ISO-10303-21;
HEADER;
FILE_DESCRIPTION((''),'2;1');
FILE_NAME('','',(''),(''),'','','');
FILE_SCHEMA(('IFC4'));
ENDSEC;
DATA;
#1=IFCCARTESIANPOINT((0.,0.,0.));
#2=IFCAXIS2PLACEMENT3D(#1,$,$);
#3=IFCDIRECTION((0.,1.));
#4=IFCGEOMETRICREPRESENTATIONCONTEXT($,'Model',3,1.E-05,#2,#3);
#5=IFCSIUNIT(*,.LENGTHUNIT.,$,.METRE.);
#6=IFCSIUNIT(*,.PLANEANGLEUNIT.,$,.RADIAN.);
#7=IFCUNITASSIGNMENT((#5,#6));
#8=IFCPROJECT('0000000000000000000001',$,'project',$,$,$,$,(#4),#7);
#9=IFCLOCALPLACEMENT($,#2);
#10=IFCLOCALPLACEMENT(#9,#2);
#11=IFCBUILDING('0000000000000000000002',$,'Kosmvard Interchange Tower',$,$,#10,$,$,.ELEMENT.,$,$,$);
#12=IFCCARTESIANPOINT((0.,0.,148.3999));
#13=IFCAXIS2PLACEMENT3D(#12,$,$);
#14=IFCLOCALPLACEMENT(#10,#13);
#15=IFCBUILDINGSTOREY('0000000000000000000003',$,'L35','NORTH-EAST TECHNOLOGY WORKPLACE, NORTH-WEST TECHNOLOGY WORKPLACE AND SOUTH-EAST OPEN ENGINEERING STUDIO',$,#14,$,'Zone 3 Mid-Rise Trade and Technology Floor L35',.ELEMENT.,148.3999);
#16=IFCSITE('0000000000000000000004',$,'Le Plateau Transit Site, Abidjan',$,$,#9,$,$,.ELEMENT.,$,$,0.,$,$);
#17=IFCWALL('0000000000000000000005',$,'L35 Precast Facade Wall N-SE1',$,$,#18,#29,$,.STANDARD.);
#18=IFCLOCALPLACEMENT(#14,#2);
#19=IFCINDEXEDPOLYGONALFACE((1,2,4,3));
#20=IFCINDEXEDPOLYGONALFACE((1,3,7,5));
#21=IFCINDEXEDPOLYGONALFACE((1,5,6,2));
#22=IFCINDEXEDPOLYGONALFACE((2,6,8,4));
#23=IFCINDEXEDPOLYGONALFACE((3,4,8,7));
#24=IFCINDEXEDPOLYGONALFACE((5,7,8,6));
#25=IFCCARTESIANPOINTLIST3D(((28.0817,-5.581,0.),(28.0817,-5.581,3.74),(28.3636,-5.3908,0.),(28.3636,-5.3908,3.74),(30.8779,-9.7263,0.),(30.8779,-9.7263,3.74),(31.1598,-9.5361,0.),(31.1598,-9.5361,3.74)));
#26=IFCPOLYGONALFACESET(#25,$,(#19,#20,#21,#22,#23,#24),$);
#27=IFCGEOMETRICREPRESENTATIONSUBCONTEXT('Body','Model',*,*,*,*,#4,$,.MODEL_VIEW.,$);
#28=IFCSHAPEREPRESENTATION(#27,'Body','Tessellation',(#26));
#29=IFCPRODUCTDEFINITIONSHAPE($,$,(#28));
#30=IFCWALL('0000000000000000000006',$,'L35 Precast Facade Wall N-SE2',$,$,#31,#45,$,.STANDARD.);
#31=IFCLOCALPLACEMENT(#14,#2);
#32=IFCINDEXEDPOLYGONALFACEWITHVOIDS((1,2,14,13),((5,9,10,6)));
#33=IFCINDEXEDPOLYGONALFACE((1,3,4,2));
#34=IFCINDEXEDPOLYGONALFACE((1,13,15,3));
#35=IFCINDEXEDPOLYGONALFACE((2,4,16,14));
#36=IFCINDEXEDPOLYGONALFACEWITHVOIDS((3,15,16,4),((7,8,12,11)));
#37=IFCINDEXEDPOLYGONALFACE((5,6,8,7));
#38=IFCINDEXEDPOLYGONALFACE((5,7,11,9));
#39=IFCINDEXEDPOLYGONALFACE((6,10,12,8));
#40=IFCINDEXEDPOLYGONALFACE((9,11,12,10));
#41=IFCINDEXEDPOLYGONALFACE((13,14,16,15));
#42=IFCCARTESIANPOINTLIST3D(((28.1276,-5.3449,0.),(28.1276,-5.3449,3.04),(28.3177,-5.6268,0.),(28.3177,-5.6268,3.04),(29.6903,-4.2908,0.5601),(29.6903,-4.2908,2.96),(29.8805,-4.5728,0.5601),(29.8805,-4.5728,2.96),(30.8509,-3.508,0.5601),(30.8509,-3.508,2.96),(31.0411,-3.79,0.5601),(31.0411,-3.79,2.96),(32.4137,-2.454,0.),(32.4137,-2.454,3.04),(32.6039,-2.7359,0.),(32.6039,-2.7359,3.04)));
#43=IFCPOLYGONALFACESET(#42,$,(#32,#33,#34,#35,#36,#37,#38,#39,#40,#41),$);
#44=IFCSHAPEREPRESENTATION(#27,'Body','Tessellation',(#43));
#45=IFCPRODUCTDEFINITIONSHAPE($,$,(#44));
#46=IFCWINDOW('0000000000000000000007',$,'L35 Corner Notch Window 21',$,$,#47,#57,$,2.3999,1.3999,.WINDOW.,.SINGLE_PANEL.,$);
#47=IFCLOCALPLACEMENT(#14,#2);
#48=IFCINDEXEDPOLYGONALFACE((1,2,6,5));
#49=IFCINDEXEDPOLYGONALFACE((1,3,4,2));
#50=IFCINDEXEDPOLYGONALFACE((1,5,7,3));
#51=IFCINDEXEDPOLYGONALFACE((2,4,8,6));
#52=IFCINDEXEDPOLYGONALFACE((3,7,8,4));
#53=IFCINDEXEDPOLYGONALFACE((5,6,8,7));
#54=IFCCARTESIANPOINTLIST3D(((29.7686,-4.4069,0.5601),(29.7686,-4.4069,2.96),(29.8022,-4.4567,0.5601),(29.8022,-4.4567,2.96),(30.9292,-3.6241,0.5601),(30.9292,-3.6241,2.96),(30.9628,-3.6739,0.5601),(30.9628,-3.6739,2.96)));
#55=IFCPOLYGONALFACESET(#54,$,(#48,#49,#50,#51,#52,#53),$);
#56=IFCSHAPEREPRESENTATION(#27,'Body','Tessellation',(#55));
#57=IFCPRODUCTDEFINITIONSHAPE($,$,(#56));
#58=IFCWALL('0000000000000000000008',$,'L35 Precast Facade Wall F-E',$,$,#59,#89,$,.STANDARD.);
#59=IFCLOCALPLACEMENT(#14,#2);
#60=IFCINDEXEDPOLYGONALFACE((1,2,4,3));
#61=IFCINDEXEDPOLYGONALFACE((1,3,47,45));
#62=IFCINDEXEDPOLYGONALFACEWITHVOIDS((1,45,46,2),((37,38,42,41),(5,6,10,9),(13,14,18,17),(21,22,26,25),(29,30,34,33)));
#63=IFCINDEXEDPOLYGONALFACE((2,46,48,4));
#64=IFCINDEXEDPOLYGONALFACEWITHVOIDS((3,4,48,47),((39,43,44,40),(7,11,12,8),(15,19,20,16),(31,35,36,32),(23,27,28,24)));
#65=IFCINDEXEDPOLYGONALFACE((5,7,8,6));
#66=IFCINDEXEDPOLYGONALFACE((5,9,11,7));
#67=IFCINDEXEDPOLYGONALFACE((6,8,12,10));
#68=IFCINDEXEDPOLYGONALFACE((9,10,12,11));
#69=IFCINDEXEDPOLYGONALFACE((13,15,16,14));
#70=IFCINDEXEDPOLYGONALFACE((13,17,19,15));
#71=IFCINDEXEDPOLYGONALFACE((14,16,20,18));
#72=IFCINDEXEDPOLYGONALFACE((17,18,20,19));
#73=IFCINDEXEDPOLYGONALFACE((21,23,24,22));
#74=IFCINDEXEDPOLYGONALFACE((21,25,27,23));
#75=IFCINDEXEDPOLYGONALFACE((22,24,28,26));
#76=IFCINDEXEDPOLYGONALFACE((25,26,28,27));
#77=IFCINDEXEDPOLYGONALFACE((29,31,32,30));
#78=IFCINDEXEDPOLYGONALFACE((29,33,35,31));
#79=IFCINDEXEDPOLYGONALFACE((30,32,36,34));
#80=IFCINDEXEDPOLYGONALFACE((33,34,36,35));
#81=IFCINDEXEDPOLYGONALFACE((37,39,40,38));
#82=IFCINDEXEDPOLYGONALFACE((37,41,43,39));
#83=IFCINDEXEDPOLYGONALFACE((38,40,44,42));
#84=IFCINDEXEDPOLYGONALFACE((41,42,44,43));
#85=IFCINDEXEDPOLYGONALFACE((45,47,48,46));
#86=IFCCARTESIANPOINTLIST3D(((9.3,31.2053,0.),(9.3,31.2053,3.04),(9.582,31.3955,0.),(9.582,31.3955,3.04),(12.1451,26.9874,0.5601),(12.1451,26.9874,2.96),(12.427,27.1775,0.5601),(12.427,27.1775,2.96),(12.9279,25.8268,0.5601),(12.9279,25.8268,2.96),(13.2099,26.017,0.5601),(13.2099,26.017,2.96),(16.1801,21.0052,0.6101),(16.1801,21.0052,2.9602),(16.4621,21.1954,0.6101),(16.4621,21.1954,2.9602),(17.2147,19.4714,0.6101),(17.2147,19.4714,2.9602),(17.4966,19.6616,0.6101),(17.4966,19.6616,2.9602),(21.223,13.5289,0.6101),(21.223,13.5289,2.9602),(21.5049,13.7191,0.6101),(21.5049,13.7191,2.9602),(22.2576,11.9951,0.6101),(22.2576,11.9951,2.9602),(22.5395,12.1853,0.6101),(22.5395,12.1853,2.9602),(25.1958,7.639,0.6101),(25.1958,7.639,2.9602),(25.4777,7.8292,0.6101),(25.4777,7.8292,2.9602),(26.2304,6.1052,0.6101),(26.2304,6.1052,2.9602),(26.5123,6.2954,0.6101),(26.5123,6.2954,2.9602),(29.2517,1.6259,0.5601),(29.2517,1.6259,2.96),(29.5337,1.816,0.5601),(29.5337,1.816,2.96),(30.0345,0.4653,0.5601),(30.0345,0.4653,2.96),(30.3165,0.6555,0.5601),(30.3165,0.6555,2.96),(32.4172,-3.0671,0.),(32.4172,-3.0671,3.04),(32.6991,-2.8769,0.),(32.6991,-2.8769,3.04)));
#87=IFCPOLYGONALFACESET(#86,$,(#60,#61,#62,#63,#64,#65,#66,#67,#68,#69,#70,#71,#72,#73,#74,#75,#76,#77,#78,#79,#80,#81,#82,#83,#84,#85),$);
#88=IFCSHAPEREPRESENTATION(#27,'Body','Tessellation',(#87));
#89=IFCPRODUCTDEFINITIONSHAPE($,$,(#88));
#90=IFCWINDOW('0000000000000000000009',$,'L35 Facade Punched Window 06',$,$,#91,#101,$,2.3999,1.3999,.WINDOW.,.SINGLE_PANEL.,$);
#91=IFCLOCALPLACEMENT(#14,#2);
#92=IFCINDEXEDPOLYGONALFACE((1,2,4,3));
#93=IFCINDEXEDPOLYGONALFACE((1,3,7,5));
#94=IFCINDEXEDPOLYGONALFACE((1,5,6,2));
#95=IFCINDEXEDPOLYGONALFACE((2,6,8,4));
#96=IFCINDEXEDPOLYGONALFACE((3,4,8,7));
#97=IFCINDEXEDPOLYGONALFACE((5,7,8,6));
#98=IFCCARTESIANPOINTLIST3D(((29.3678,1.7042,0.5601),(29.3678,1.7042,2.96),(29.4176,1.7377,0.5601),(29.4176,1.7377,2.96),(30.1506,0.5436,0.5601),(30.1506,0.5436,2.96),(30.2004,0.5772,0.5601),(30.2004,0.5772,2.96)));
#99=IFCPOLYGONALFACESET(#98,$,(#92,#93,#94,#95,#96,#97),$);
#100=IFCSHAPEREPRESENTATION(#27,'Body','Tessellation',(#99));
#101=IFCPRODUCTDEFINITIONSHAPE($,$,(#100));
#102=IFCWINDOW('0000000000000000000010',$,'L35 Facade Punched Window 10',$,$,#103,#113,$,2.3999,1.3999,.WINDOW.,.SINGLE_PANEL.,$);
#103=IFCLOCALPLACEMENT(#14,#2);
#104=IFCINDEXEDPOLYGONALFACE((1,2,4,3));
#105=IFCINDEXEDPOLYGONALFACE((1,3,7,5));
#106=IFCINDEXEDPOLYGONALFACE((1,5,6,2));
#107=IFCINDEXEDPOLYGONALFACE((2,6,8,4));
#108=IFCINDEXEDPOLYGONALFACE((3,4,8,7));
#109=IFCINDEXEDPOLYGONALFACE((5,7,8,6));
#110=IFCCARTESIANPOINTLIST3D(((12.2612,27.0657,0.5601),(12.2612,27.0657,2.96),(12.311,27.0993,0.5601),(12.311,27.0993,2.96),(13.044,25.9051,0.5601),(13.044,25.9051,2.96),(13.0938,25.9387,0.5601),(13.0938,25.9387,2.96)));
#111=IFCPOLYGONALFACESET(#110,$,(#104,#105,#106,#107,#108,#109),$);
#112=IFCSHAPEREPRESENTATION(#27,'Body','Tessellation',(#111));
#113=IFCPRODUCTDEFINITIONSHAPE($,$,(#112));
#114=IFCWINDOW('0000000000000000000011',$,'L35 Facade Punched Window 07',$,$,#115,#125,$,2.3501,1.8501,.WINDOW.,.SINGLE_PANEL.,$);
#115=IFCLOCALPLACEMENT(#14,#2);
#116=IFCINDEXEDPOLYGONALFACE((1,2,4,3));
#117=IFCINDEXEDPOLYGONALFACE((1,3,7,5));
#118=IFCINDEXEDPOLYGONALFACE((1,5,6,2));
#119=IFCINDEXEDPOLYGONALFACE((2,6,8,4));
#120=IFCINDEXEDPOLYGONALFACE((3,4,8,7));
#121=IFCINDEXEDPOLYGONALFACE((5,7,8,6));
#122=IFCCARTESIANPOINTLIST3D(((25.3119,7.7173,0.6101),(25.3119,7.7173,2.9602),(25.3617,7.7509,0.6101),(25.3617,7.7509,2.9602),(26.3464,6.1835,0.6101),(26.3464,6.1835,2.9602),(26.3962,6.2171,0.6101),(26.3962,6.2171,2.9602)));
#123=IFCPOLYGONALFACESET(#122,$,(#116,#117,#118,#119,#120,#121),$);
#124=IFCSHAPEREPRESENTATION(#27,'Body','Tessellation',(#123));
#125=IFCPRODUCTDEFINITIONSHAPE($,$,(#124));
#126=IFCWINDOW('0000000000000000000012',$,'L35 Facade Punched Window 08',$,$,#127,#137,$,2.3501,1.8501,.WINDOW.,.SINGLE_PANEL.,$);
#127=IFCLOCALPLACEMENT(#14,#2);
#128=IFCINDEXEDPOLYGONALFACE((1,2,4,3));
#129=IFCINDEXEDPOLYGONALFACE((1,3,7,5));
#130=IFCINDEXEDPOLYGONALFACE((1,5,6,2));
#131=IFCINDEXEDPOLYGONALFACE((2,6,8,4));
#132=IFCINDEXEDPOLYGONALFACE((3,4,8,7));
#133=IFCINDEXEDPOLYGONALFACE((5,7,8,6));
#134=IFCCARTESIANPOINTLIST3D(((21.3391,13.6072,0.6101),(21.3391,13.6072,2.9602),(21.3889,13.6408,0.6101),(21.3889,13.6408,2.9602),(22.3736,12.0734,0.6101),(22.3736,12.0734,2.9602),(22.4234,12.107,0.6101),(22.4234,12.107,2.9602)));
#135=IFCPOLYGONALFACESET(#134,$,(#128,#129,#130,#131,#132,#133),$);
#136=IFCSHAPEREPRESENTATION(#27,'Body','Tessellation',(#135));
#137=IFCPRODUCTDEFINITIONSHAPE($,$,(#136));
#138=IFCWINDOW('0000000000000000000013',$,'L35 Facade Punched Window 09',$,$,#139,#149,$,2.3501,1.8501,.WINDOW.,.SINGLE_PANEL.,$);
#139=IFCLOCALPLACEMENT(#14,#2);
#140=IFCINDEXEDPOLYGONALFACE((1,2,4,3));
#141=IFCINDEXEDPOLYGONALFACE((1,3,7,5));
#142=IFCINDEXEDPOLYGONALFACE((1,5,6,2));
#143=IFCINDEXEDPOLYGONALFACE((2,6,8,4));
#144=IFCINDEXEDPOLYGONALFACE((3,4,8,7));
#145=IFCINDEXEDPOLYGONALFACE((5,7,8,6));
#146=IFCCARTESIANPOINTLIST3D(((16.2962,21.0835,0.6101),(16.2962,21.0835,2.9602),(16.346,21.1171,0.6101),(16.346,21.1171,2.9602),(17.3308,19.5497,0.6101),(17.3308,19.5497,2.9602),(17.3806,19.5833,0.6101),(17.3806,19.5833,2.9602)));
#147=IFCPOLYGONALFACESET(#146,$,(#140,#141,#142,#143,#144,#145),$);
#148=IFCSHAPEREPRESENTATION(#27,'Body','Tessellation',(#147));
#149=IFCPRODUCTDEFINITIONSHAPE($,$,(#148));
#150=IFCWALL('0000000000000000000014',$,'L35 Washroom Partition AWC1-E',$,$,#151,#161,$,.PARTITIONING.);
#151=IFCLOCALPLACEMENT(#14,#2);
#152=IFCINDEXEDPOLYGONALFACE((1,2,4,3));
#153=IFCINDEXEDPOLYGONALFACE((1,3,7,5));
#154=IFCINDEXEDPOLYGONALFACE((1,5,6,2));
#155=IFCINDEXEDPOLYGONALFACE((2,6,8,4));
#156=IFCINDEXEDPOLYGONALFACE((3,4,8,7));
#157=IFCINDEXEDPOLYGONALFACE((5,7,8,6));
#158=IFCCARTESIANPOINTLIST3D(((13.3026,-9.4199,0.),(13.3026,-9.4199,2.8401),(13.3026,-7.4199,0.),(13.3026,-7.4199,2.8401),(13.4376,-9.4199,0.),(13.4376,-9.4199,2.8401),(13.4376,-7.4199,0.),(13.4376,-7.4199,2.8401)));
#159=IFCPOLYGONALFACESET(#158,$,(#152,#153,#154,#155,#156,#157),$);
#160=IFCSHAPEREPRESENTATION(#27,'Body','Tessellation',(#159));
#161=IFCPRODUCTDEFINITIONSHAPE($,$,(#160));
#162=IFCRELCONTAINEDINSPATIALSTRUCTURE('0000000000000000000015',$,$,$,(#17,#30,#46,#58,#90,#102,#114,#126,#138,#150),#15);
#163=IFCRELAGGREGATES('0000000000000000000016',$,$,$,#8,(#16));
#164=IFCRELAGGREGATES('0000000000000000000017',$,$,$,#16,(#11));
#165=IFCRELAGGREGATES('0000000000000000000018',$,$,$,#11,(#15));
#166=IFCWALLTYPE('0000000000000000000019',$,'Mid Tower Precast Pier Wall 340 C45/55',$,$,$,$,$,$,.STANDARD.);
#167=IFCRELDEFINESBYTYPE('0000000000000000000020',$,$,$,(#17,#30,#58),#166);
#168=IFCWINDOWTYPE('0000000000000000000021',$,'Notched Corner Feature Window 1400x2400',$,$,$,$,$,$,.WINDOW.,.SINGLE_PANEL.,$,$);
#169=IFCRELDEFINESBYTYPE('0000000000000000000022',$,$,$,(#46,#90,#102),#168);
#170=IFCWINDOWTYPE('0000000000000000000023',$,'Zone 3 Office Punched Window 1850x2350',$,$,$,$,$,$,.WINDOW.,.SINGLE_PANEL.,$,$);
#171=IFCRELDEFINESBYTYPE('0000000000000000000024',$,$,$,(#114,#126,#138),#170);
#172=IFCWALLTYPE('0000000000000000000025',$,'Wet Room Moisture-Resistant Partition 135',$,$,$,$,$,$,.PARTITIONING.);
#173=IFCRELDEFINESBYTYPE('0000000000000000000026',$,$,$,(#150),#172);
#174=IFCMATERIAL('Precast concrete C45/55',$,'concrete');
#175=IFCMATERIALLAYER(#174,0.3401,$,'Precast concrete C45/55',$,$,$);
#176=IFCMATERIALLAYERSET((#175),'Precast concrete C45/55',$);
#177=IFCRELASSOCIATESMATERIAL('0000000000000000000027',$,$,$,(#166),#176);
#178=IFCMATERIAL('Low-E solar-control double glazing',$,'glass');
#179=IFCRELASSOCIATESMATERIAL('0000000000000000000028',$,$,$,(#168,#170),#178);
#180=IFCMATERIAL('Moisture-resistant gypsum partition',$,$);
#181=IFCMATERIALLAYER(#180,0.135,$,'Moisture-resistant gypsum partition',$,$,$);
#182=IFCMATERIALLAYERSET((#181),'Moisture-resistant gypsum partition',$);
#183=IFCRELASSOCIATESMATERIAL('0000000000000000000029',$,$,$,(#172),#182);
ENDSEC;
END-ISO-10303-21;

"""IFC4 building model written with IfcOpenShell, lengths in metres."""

from ifc_helpers import new_model, si_unit, direction, frame, frame_2d, origin, place, context, subcontext, project, spatial, rectangle, extrude, source, transform, mapped, material, layer, layer_set, type_object, element, fill, save


model = new_model("IFC4")

# Units and contexts
model_context = context("Model", 3, precision=1e-05, world=origin(), true_north=direction((0.0, 1.0)))
body_context = subcontext(model_context, "Body", "Model", "MODEL_VIEW")
ifc_project = project(units=[si_unit("LENGTHUNIT", "METRE"), si_unit("PLANEANGLEUNIT", "RADIAN")], contexts=[model_context])

# Site, building, storey
site_placement = place(None, origin())
site = spatial("IfcSite", under=ifc_project, at=site_placement, Name="Le Plateau Transit Site, Abidjan", CompositionType="ELEMENT", RefElevation=0.0)
building_placement = place(site_placement, origin())
building = spatial("IfcBuilding", under=site, at=building_placement, Name="Kosmvard Interchange Tower", CompositionType="ELEMENT")
storey_placement = place(building_placement, frame((0.0, 0.0, 148.3999)))
storey = spatial("IfcBuildingStorey", under=building, at=storey_placement, Name="L35", Description="NORTH-EAST TECHNOLOGY WORKPLACE, NORTH-WEST TECHNOLOGY WORKPLACE AND SOUTH-EAST OPEN ENGINEERING STUDIO", LongName="Zone 3 Mid-Rise Trade and Technology Floor L35", CompositionType="ELEMENT", Elevation=148.3999)

# Shared definitions
ifc_material_1 = material(Name="Precast concrete C45/55", Category="concrete")

# Wall
ifc_layer_1 = layer(ifc_material_1, 0.3401, Name="Precast concrete C45/55")
ifc_layer_set_1 = layer_set([ifc_layer_1], Name="Precast concrete C45/55")
wall_type_1 = type_object("IfcWallType", Name="Mid Tower Precast Pier Wall 340 C45/55", PredefinedType="STANDARD", material=ifc_layer_set_1)
wall_1_placement = place(storey_placement, frame((31.0188, -9.6311, 0.0), z_axis=(0.0, 0.0, 1.0), x_axis=(-0.55921, 0.829026, 0.0)))
element("IfcWall", 1, at=wall_1_placement, inside=storey, type_object=wall_type_1, Name="L35 Precast Facade Wall N-SE1", PredefinedType="STANDARD", context=body_context, shape_type="SweptSolid", body=[
    extrude(rectangle(XDim=5.0002, YDim=0.3401, at=frame_2d((2.5, 0.0))), origin(), (0.0, 0.0, 1.0), 3.74),
])

# Wall, opening, window
wall_2_placement = place(storey_placement, frame((28.2227, -5.4858, 0.0), z_axis=(0.0, 0.0, 1.0), x_axis=(0.829052, 0.559171, 0.0)))
wall_2 = element("IfcWall", 2, at=wall_2_placement, inside=storey, type_object=wall_type_1, Name="L35 Precast Facade Wall N-SE2", PredefinedType="STANDARD", context=body_context, shape_type="SweptSolid", body=[
    extrude(rectangle(XDim=5.1699, YDim=0.3401, at=frame_2d((2.585, 0.0))), origin(), (0.0, 0.0, 1.0), 3.04),
])
opening_1_placement = place(wall_2_placement, frame((1.885, 0.0, 0.5601)))
opening_1 = element("IfcOpeningElement", 3, at=opening_1_placement, cuts=wall_2, PredefinedType="OPENING", context=body_context, shape_type="SweptSolid", body=[
    extrude(rectangle(XDim=1.3999, YDim=2.3999, at=frame_2d((0.7, 1.2))), frame((0.0, 0.1802, 0.0), z_axis=(0.0, -1.0, 0.0), x_axis=(1.0, 0.0, 0.0)), (0.0, 0.0, 1.0), 0.3601),
])
ifc_material_2 = material(Name="Low-E solar-control double glazing", Category="glass")
window_type_1 = type_object("IfcWindowType", Name="Notched Corner Feature Window 1400x2400", PartitioningType="SINGLE_PANEL", PredefinedType="WINDOW", material=ifc_material_2)
shared_shape_1 = source(origin(), body_context, "Body", "SweptSolid", [
    extrude(rectangle(XDim=1.3999, YDim=2.3999, at=frame_2d((0.7, 1.2))), frame((0.0, 0.03, 0.0), z_axis=(0.0, -1.0, 0.0), x_axis=(1.0, 0.0, 0.0)), (0.0, 0.0, 1.0), 0.0601),
])
window_1_placement = place(opening_1_placement, origin())
window_1 = element("IfcWindow", 4, at=window_1_placement, inside=storey, type_object=window_type_1, Name="L35 Corner Notch Window 21", OverallHeight=2.3999, OverallWidth=1.3999, PartitioningType="SINGLE_PANEL", PredefinedType="WINDOW", context=body_context, shape_type="MappedRepresentation", body=[
    mapped(shared_shape_1, transform((0.0, 0.0, 0.0), scale=1.0)),
])
fill(opening_1, window_1)

# Wall, openings, windows
wall_3_placement = place(storey_placement, frame((32.5581, -2.9719, 0.0), z_axis=(0.0, 0.0, 1.0), x_axis=(-0.559195, 0.829036, 0.0)))
wall_3 = element("IfcWall", 5, at=wall_3_placement, inside=storey, type_object=wall_type_1, Name="L35 Precast Facade Wall F-E", PredefinedType="STANDARD", context=body_context, shape_type="SweptSolid", body=[
    extrude(rectangle(XDim=41.3401, YDim=0.3401, at=frame_2d((20.6699, 0.0))), origin(), (0.0, 0.0, 1.0), 3.04),
])
opening_2_placement = place(wall_3_placement, frame((4.2607, 0.0, 0.5601)))
opening_2 = element("IfcOpeningElement", 6, at=opening_2_placement, cuts=wall_3, PredefinedType="OPENING", context=body_context, shape_type="SweptSolid", body=[
    extrude(rectangle(XDim=1.3999, YDim=2.3999, at=frame_2d((0.7, 1.2))), frame((0.0, 0.1802, 0.0), z_axis=(0.0, -1.0, 0.0), x_axis=(1.0, 0.0, 0.0)), (0.0, 0.0, 1.0), 0.3601),
])
opening_3_placement = place(wall_3_placement, frame((11.0637, 0.0, 0.6101)))
opening_3 = element("IfcOpeningElement", 7, at=opening_3_placement, cuts=wall_3, PredefinedType="OPENING", context=body_context, shape_type="SweptSolid", body=[
    extrude(rectangle(XDim=1.8501, YDim=2.3501, at=frame_2d((0.925, 1.175))), frame((0.0, 0.1802, 0.0), z_axis=(0.0, -1.0, 0.0), x_axis=(1.0, 0.0, 0.0)), (0.0, 0.0, 1.0), 0.3601),
])
opening_4_placement = place(wall_3_placement, frame((18.1682, 0.0, 0.6101)))
opening_4 = element("IfcOpeningElement", 8, at=opening_4_placement, cuts=wall_3, PredefinedType="OPENING", context=body_context, shape_type="SweptSolid", body=[
    extrude(rectangle(XDim=1.8501, YDim=2.3501, at=frame_2d((0.925, 1.175))), frame((0.0, 0.1802, 0.0), z_axis=(0.0, -1.0, 0.0), x_axis=(1.0, 0.0, 0.0)), (0.0, 0.0, 1.0), 0.3601),
])
opening_5_placement = place(wall_3_placement, frame((27.1863, 0.0, 0.6101)))
opening_5 = element("IfcOpeningElement", 9, at=opening_5_placement, cuts=wall_3, PredefinedType="OPENING", context=body_context, shape_type="SweptSolid", body=[
    extrude(rectangle(XDim=1.8501, YDim=2.3501, at=frame_2d((0.925, 1.175))), frame((0.0, 0.1802, 0.0), z_axis=(0.0, -1.0, 0.0), x_axis=(1.0, 0.0, 0.0)), (0.0, 0.0, 1.0), 0.3601),
])
opening_6_placement = place(wall_3_placement, frame((34.8523, 0.0, 0.5601)))
opening_6 = element("IfcOpeningElement", 10, at=opening_6_placement, cuts=wall_3, PredefinedType="OPENING", context=body_context, shape_type="SweptSolid", body=[
    extrude(rectangle(XDim=1.3999, YDim=2.3999, at=frame_2d((0.7, 1.2))), frame((0.0, 0.1802, 0.0), z_axis=(0.0, -1.0, 0.0), x_axis=(1.0, 0.0, 0.0)), (0.0, 0.0, 1.0), 0.3601),
])
window_2_placement = place(opening_2_placement, origin())
window_2 = element("IfcWindow", 11, at=window_2_placement, inside=storey, type_object=window_type_1, Name="L35 Facade Punched Window 06", OverallHeight=2.3999, OverallWidth=1.3999, PartitioningType="SINGLE_PANEL", PredefinedType="WINDOW", context=body_context, shape_type="MappedRepresentation", body=[
    mapped(shared_shape_1, transform((0.0, 0.0, 0.0), scale=1.0)),
])
fill(opening_2, window_2)
window_3_placement = place(opening_6_placement, origin())
window_3 = element("IfcWindow", 12, at=window_3_placement, inside=storey, type_object=window_type_1, Name="L35 Facade Punched Window 10", OverallHeight=2.3999, OverallWidth=1.3999, PartitioningType="SINGLE_PANEL", PredefinedType="WINDOW", context=body_context, shape_type="MappedRepresentation", body=[
    mapped(shared_shape_1, transform((0.0, 0.0, 0.0), scale=1.0)),
])
fill(opening_6, window_3)
window_type_2 = type_object("IfcWindowType", Name="Zone 3 Office Punched Window 1850x2350", PartitioningType="SINGLE_PANEL", PredefinedType="WINDOW", material=ifc_material_2)
shared_shape_2 = source(origin(), body_context, "Body", "SweptSolid", [
    extrude(rectangle(XDim=1.8501, YDim=2.3501, at=frame_2d((0.925, 1.175))), frame((0.0, 0.03, 0.0), z_axis=(0.0, -1.0, 0.0), x_axis=(1.0, 0.0, 0.0)), (0.0, 0.0, 1.0), 0.0601),
])
window_4_placement = place(opening_3_placement, origin())
window_4 = element("IfcWindow", 13, at=window_4_placement, inside=storey, type_object=window_type_2, Name="L35 Facade Punched Window 07", OverallHeight=2.3501, OverallWidth=1.8501, PartitioningType="SINGLE_PANEL", PredefinedType="WINDOW", context=body_context, shape_type="MappedRepresentation", body=[
    mapped(shared_shape_2, transform((0.0, 0.0, 0.0), scale=1.0)),
])
fill(opening_3, window_4)
window_5_placement = place(opening_4_placement, origin())
window_5 = element("IfcWindow", 14, at=window_5_placement, inside=storey, type_object=window_type_2, Name="L35 Facade Punched Window 08", OverallHeight=2.3501, OverallWidth=1.8501, PartitioningType="SINGLE_PANEL", PredefinedType="WINDOW", context=body_context, shape_type="MappedRepresentation", body=[
    mapped(shared_shape_2, transform((0.0, 0.0, 0.0), scale=1.0)),
])
fill(opening_4, window_5)
window_6_placement = place(opening_5_placement, origin())
window_6 = element("IfcWindow", 15, at=window_6_placement, inside=storey, type_object=window_type_2, Name="L35 Facade Punched Window 09", OverallHeight=2.3501, OverallWidth=1.8501, PartitioningType="SINGLE_PANEL", PredefinedType="WINDOW", context=body_context, shape_type="MappedRepresentation", body=[
    mapped(shared_shape_2, transform((0.0, 0.0, 0.0), scale=1.0)),
])
fill(opening_5, window_6)

# Wall
ifc_material_3 = material(Name="Moisture-resistant gypsum partition")
ifc_layer_2 = layer(ifc_material_3, 0.135, Name="Moisture-resistant gypsum partition")
ifc_layer_set_2 = layer_set([ifc_layer_2], Name="Moisture-resistant gypsum partition")
wall_type_2 = type_object("IfcWallType", Name="Wet Room Moisture-Resistant Partition 135", PredefinedType="PARTITIONING", material=ifc_layer_set_2)
wall_4_placement = place(storey_placement, frame((13.3701, -9.4199, 0.0), z_axis=(0.0, 0.0, 1.0), x_axis=(0.0, 1.0, 0.0)))
element("IfcWall", 16, at=wall_4_placement, inside=storey, type_object=wall_type_2, Name="L35 Washroom Partition AWC1-E", PredefinedType="PARTITIONING", context=body_context, shape_type="SweptSolid", body=[
    extrude(rectangle(XDim=2.0, YDim=0.135, at=frame_2d((1.0, 0.0))), origin(), (0.0, 0.0, 1.0), 2.8401),
])

save(model, "model.ifc")
